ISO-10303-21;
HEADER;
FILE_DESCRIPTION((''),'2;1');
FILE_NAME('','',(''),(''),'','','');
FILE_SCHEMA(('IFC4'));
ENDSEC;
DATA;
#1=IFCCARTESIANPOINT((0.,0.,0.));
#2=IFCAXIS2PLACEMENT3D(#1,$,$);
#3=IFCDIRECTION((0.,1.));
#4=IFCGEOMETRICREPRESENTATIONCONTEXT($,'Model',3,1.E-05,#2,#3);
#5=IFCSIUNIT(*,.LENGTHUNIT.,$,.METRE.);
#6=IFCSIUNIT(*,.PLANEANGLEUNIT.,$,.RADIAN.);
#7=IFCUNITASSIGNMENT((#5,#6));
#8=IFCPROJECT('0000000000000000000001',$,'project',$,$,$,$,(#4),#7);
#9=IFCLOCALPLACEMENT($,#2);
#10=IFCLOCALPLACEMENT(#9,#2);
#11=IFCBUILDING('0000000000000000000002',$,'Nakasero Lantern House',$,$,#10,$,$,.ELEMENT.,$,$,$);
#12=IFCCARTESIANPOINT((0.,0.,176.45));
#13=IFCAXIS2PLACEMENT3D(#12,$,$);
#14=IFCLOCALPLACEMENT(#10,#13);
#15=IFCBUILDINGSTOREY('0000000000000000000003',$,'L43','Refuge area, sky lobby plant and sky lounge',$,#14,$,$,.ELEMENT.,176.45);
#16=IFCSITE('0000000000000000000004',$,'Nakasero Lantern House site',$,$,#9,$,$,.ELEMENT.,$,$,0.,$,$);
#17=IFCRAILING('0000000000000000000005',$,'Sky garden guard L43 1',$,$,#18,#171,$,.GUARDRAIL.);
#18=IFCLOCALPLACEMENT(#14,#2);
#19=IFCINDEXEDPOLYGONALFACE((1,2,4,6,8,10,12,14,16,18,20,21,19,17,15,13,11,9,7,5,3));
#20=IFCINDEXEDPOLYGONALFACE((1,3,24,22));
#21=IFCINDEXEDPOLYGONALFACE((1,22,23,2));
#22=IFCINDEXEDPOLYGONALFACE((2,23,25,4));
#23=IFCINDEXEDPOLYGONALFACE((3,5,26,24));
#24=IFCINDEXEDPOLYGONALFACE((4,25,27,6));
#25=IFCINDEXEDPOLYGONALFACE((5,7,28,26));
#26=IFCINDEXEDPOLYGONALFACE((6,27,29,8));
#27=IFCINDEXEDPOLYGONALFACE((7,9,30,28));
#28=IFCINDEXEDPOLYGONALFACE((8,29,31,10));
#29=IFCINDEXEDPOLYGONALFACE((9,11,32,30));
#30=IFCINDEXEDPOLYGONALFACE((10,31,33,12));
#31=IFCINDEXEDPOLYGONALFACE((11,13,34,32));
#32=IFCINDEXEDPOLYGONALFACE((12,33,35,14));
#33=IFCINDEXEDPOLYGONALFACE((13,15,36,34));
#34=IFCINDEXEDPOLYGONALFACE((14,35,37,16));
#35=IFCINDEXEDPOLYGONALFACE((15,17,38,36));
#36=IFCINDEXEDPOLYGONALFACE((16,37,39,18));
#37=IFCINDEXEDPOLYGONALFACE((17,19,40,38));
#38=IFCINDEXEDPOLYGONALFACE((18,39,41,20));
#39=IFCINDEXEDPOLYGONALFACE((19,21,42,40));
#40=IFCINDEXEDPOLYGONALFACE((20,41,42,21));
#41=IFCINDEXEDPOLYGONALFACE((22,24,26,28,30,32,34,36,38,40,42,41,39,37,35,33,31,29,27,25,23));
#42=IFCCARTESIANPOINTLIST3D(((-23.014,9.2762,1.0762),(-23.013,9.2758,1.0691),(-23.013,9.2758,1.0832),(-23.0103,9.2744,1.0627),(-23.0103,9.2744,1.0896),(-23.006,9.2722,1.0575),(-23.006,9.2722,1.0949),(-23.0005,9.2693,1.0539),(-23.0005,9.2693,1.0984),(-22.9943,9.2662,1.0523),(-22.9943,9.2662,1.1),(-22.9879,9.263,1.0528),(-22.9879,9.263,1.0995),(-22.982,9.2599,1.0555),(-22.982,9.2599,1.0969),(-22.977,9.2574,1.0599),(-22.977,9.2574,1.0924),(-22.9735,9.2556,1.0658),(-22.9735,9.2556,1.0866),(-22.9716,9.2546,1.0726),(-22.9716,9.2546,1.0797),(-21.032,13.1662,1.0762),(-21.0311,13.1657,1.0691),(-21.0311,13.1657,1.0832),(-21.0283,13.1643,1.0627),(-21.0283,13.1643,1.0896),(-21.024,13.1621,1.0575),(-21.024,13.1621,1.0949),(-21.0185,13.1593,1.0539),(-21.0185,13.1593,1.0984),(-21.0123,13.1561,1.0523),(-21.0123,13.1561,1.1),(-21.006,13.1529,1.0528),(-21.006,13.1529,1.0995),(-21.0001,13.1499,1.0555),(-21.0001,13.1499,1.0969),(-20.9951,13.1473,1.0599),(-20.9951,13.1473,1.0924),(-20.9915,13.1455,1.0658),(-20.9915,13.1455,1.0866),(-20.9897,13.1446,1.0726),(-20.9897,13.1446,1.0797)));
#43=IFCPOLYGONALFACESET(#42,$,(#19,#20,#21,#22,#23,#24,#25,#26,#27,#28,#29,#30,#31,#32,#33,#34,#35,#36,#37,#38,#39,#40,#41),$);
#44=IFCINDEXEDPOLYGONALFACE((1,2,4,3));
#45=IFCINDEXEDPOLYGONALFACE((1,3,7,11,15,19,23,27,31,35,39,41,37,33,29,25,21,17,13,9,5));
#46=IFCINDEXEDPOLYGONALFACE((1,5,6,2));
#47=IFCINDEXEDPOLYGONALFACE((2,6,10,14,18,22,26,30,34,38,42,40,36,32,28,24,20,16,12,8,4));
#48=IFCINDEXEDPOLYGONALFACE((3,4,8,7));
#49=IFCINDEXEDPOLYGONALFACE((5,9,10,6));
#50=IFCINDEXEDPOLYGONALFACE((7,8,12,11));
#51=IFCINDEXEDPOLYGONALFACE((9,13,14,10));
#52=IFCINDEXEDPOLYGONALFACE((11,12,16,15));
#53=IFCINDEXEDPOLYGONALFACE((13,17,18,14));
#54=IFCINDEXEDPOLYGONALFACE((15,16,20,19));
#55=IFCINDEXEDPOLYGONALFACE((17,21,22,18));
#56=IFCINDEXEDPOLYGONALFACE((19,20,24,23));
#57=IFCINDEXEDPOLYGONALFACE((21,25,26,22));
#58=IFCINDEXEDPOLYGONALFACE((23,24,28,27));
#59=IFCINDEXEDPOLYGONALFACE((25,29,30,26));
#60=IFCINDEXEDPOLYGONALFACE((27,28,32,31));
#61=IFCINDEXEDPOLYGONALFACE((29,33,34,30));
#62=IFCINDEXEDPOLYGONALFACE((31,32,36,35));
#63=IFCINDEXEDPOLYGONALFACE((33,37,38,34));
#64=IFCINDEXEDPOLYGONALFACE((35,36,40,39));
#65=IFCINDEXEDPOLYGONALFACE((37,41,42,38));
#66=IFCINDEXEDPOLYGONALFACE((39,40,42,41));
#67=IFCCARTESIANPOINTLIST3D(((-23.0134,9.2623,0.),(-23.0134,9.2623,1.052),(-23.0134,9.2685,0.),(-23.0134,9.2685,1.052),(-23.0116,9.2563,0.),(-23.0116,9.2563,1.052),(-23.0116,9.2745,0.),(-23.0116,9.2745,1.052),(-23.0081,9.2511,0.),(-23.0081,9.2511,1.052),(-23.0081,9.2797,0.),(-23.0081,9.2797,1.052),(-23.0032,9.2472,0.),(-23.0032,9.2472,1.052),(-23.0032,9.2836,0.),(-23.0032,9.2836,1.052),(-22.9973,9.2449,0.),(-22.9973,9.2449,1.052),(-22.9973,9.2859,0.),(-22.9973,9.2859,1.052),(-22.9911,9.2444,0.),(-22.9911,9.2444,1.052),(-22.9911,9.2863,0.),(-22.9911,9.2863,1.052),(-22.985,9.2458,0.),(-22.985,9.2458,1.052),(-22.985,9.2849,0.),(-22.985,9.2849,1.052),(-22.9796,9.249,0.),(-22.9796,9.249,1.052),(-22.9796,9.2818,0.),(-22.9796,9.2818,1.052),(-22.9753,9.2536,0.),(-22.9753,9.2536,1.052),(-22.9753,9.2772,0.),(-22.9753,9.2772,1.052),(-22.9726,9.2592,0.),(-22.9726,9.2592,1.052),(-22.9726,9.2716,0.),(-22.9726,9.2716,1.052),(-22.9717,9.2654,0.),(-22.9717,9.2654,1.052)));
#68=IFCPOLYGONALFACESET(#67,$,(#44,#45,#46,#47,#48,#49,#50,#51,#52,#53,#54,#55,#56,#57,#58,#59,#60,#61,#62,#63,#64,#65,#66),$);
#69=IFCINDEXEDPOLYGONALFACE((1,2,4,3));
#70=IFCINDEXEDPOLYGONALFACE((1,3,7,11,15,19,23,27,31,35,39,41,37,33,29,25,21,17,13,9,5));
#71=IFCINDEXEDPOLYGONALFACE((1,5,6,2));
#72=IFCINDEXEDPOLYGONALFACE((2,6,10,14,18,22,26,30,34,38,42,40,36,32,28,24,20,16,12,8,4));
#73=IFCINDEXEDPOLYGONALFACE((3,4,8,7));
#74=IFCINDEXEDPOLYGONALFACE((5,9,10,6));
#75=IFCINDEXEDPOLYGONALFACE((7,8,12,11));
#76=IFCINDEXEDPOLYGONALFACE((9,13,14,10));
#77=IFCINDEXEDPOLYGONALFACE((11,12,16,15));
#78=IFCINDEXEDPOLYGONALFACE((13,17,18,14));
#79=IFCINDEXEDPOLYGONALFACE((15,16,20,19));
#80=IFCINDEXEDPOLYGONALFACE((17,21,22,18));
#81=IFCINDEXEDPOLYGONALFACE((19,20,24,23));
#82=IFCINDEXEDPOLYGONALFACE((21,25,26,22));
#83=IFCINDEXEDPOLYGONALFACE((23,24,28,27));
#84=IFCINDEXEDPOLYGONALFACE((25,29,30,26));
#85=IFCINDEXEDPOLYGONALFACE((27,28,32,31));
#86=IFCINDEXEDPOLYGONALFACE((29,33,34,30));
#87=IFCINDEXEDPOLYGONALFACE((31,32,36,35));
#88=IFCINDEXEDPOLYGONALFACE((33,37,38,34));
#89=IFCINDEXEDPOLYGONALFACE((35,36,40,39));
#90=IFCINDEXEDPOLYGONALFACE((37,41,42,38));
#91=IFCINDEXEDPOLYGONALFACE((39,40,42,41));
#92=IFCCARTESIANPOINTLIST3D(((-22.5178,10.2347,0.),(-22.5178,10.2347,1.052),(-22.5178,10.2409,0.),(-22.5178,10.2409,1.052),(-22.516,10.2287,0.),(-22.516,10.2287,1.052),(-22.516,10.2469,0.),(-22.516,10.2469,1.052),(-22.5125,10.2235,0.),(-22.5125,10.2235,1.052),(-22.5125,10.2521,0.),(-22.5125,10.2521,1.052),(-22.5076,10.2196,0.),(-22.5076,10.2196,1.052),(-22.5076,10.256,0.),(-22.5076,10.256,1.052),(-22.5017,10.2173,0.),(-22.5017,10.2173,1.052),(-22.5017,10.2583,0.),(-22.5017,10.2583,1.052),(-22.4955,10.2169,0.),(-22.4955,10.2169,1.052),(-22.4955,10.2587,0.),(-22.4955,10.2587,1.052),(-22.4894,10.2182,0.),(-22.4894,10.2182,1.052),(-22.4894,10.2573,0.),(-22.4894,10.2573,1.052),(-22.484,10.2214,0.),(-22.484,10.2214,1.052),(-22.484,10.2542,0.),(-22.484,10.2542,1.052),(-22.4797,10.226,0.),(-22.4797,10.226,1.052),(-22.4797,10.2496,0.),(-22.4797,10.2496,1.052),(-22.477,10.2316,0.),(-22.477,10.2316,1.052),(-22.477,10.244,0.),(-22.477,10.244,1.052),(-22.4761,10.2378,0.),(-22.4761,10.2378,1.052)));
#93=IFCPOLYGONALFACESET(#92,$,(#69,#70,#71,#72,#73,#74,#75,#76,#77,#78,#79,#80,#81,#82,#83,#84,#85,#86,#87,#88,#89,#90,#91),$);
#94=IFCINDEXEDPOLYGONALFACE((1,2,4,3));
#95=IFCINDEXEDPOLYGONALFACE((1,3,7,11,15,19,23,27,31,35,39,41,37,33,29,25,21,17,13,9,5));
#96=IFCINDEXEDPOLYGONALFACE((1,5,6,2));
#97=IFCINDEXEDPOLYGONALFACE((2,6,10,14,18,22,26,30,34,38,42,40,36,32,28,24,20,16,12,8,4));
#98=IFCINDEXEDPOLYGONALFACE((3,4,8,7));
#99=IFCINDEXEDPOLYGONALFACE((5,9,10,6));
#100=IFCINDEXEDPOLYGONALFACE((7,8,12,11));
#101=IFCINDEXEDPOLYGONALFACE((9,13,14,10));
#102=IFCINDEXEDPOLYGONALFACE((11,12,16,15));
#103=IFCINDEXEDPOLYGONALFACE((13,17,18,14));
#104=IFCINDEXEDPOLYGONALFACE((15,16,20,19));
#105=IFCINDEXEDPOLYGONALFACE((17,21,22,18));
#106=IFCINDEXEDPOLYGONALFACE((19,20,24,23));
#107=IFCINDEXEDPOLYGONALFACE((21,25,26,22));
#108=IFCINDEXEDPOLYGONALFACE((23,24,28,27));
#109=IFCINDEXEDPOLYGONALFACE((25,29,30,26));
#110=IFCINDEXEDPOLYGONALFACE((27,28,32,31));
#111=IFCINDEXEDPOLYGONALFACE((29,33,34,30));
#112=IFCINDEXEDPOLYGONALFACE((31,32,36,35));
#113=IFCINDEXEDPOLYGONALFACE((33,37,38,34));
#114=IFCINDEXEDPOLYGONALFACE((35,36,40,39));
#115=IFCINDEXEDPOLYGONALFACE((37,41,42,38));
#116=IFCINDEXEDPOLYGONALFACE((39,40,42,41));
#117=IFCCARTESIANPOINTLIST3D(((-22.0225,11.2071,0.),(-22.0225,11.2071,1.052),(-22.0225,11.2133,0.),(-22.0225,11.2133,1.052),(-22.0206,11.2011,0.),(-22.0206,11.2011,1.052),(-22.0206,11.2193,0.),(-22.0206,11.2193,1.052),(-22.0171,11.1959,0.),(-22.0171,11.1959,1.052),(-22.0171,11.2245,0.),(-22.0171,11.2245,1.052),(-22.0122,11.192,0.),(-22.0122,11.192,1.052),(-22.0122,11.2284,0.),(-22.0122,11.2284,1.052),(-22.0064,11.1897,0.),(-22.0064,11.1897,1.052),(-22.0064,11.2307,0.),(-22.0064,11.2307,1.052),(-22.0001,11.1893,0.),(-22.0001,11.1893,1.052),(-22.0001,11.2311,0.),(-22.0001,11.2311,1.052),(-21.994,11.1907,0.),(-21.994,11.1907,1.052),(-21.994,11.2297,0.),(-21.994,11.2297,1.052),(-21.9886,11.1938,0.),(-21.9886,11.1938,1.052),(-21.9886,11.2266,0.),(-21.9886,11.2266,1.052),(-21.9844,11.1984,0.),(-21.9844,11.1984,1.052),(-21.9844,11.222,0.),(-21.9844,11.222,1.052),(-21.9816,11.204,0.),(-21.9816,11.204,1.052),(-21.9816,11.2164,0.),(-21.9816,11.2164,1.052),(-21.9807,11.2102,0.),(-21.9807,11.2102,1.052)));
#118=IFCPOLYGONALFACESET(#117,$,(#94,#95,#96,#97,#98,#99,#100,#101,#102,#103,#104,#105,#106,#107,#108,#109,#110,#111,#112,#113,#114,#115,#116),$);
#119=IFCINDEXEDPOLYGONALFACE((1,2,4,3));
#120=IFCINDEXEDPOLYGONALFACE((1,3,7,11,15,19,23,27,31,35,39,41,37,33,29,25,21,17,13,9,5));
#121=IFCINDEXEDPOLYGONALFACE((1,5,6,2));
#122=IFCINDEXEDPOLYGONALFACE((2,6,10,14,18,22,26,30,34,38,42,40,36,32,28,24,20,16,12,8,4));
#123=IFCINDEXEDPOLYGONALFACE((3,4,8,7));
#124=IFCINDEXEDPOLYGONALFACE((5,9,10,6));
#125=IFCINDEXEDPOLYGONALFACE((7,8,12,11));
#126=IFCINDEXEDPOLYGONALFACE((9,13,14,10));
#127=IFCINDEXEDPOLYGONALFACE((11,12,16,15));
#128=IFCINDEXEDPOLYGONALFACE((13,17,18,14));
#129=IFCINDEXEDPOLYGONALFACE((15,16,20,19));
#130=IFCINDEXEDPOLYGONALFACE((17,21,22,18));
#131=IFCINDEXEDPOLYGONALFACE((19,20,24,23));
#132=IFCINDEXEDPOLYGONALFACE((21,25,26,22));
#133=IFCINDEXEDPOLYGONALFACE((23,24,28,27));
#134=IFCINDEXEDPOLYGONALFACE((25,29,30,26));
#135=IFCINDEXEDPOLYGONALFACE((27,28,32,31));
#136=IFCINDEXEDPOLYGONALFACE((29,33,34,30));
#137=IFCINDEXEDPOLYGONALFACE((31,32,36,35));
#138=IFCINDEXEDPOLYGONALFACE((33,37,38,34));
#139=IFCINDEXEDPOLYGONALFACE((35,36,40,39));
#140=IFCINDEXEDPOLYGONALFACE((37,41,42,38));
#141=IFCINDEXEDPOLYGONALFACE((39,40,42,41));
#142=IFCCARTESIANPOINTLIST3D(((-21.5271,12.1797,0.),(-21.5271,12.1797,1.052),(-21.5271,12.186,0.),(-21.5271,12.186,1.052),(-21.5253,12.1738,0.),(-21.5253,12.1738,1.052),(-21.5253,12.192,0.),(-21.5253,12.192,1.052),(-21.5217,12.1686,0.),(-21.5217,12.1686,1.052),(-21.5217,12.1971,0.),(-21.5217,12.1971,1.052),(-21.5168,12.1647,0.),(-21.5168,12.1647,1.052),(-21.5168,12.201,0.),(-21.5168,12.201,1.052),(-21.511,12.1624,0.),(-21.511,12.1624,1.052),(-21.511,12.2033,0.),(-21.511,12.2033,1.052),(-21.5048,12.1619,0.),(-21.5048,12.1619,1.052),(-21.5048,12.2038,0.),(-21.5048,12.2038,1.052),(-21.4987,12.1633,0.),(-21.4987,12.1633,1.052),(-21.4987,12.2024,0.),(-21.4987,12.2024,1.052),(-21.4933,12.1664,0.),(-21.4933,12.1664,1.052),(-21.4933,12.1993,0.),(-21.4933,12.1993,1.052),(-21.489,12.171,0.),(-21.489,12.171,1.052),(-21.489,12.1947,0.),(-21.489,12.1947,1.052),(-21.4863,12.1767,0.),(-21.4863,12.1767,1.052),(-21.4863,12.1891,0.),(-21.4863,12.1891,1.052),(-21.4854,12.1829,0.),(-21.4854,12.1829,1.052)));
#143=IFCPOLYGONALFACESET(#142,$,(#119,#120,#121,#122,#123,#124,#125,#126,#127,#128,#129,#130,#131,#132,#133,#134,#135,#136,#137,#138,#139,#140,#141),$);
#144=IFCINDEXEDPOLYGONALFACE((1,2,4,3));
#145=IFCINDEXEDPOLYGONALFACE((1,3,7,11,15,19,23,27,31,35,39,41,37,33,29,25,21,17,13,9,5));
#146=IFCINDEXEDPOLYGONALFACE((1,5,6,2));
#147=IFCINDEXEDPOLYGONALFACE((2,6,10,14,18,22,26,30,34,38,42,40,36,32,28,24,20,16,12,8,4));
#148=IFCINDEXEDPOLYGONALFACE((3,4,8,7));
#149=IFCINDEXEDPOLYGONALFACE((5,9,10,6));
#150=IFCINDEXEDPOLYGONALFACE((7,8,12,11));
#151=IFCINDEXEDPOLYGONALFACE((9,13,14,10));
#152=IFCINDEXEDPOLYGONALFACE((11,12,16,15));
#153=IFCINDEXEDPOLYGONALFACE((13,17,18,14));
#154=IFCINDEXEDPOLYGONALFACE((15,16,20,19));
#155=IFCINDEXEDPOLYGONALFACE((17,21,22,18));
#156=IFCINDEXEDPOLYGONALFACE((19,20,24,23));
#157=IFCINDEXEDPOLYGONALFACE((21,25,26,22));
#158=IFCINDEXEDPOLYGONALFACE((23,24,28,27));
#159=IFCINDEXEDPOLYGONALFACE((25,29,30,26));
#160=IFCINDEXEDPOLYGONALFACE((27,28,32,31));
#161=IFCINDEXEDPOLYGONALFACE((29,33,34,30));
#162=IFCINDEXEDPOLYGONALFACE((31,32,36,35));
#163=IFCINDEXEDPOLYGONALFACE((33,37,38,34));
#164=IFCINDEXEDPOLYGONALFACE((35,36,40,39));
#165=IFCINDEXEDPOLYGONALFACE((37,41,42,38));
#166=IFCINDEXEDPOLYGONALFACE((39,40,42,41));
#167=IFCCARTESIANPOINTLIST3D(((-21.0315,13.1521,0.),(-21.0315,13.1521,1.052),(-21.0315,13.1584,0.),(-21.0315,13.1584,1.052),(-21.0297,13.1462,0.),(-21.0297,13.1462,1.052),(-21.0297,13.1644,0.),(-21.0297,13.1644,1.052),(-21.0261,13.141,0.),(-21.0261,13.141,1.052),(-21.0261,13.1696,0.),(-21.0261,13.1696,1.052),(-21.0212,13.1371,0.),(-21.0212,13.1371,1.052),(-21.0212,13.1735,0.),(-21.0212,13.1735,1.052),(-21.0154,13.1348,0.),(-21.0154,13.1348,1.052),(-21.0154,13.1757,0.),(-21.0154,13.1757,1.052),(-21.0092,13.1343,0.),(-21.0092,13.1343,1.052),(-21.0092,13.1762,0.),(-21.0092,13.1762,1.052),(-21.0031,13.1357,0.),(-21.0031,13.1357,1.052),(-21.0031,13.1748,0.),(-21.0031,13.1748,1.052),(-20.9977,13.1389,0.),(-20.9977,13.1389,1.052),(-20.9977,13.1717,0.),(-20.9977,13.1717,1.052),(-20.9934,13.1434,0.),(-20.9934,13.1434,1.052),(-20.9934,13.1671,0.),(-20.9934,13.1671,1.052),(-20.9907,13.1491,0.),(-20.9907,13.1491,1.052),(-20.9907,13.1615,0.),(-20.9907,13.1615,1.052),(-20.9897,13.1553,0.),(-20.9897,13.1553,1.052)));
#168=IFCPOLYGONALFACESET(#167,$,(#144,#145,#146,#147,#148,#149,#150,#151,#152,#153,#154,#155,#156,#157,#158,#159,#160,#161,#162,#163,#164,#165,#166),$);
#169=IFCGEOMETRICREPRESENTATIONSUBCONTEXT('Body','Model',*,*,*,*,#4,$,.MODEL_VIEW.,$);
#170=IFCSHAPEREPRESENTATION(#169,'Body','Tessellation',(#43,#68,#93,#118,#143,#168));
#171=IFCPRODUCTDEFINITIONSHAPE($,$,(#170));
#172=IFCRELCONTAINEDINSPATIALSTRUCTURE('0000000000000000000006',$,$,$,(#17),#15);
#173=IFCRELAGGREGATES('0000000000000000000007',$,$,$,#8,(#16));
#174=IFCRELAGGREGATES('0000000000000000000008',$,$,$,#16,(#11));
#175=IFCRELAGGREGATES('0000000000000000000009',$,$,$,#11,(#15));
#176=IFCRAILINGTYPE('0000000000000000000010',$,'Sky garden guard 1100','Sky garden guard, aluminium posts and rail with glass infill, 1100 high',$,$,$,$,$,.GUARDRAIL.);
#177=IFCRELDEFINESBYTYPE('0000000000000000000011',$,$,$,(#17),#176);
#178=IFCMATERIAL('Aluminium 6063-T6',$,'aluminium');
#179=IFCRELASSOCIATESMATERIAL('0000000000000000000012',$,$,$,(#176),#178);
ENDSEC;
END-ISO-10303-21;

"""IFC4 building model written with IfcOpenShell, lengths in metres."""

from ifc_helpers import new_model, si_unit, direction, frame, origin, origin_2d, place, context, subcontext, project, spatial, circle, extrude, material, type_object, element, save


model = new_model("IFC4")

# Units and contexts
model_context = context("Model", 3, precision=1e-05, world=origin(), true_north=direction((0.0, 1.0)))
body_context = subcontext(model_context, "Body", "Model", "MODEL_VIEW")
ifc_project = project(units=[si_unit("LENGTHUNIT", "METRE"), si_unit("PLANEANGLEUNIT", "RADIAN")], contexts=[model_context])

# Site, building, storey
site_placement = place(None, origin())
site = spatial("IfcSite", under=ifc_project, at=site_placement, Name="Nakasero Lantern House site", CompositionType="ELEMENT", RefElevation=0.0)
building_placement = place(site_placement, origin())
building = spatial("IfcBuilding", under=site, at=building_placement, Name="Nakasero Lantern House", CompositionType="ELEMENT")
storey_placement = place(building_placement, frame((0.0, 0.0, 176.45)))
storey = spatial("IfcBuildingStorey", under=building, at=storey_placement, Name="L43", Description="Refuge area, sky lobby plant and sky lounge", CompositionType="ELEMENT", Elevation=176.45)

# Railing
ifc_material_1 = material(Name="Aluminium 6063-T6", Category="aluminium")
railing_type = type_object("IfcRailingType", Name="Sky garden guard 1100", Description="Sky garden guard, aluminium posts and rail with glass infill, 1100 high", PredefinedType="GUARDRAIL", material=ifc_material_1)
railing_1_placement = place(storey_placement, frame((-22.9927, 9.2654, 0.0)))
element("IfcRailing", 1, at=railing_1_placement, inside=storey, type_object=railing_type, Name="Sky garden guard L43 1", PredefinedType="GUARDRAIL", context=body_context, shape_type="SweptSolid", body=[
    extrude(circle(Radius=0.0239, at=origin_2d()), frame((0.0, 0.0, 1.0762), z_axis=(0.453979, 0.891013, 0.0), x_axis=(-0.891013, 0.453979, 0.0)), (0.0, 0.0, 1.0), 4.3657),
    extrude(circle(Radius=0.021, at=origin_2d()), origin(), (0.0, 0.0, 1.0), 1.052),
    extrude(circle(Radius=0.021, at=origin_2d()), frame((0.4956, 0.9724, 0.0)), (0.0, 0.0, 1.0), 1.052),
    extrude(circle(Radius=0.021, at=origin_2d()), frame((0.991, 1.9448, 0.0)), (0.0, 0.0, 1.0), 1.052),
    extrude(circle(Radius=0.021, at=origin_2d()), frame((1.4863, 2.9175, 0.0)), (0.0, 0.0, 1.0), 1.052),
    extrude(circle(Radius=0.021, at=origin_2d()), frame((1.9819, 3.8899, 0.0)), (0.0, 0.0, 1.0), 1.052),
])

save(model, "model.ifc")
